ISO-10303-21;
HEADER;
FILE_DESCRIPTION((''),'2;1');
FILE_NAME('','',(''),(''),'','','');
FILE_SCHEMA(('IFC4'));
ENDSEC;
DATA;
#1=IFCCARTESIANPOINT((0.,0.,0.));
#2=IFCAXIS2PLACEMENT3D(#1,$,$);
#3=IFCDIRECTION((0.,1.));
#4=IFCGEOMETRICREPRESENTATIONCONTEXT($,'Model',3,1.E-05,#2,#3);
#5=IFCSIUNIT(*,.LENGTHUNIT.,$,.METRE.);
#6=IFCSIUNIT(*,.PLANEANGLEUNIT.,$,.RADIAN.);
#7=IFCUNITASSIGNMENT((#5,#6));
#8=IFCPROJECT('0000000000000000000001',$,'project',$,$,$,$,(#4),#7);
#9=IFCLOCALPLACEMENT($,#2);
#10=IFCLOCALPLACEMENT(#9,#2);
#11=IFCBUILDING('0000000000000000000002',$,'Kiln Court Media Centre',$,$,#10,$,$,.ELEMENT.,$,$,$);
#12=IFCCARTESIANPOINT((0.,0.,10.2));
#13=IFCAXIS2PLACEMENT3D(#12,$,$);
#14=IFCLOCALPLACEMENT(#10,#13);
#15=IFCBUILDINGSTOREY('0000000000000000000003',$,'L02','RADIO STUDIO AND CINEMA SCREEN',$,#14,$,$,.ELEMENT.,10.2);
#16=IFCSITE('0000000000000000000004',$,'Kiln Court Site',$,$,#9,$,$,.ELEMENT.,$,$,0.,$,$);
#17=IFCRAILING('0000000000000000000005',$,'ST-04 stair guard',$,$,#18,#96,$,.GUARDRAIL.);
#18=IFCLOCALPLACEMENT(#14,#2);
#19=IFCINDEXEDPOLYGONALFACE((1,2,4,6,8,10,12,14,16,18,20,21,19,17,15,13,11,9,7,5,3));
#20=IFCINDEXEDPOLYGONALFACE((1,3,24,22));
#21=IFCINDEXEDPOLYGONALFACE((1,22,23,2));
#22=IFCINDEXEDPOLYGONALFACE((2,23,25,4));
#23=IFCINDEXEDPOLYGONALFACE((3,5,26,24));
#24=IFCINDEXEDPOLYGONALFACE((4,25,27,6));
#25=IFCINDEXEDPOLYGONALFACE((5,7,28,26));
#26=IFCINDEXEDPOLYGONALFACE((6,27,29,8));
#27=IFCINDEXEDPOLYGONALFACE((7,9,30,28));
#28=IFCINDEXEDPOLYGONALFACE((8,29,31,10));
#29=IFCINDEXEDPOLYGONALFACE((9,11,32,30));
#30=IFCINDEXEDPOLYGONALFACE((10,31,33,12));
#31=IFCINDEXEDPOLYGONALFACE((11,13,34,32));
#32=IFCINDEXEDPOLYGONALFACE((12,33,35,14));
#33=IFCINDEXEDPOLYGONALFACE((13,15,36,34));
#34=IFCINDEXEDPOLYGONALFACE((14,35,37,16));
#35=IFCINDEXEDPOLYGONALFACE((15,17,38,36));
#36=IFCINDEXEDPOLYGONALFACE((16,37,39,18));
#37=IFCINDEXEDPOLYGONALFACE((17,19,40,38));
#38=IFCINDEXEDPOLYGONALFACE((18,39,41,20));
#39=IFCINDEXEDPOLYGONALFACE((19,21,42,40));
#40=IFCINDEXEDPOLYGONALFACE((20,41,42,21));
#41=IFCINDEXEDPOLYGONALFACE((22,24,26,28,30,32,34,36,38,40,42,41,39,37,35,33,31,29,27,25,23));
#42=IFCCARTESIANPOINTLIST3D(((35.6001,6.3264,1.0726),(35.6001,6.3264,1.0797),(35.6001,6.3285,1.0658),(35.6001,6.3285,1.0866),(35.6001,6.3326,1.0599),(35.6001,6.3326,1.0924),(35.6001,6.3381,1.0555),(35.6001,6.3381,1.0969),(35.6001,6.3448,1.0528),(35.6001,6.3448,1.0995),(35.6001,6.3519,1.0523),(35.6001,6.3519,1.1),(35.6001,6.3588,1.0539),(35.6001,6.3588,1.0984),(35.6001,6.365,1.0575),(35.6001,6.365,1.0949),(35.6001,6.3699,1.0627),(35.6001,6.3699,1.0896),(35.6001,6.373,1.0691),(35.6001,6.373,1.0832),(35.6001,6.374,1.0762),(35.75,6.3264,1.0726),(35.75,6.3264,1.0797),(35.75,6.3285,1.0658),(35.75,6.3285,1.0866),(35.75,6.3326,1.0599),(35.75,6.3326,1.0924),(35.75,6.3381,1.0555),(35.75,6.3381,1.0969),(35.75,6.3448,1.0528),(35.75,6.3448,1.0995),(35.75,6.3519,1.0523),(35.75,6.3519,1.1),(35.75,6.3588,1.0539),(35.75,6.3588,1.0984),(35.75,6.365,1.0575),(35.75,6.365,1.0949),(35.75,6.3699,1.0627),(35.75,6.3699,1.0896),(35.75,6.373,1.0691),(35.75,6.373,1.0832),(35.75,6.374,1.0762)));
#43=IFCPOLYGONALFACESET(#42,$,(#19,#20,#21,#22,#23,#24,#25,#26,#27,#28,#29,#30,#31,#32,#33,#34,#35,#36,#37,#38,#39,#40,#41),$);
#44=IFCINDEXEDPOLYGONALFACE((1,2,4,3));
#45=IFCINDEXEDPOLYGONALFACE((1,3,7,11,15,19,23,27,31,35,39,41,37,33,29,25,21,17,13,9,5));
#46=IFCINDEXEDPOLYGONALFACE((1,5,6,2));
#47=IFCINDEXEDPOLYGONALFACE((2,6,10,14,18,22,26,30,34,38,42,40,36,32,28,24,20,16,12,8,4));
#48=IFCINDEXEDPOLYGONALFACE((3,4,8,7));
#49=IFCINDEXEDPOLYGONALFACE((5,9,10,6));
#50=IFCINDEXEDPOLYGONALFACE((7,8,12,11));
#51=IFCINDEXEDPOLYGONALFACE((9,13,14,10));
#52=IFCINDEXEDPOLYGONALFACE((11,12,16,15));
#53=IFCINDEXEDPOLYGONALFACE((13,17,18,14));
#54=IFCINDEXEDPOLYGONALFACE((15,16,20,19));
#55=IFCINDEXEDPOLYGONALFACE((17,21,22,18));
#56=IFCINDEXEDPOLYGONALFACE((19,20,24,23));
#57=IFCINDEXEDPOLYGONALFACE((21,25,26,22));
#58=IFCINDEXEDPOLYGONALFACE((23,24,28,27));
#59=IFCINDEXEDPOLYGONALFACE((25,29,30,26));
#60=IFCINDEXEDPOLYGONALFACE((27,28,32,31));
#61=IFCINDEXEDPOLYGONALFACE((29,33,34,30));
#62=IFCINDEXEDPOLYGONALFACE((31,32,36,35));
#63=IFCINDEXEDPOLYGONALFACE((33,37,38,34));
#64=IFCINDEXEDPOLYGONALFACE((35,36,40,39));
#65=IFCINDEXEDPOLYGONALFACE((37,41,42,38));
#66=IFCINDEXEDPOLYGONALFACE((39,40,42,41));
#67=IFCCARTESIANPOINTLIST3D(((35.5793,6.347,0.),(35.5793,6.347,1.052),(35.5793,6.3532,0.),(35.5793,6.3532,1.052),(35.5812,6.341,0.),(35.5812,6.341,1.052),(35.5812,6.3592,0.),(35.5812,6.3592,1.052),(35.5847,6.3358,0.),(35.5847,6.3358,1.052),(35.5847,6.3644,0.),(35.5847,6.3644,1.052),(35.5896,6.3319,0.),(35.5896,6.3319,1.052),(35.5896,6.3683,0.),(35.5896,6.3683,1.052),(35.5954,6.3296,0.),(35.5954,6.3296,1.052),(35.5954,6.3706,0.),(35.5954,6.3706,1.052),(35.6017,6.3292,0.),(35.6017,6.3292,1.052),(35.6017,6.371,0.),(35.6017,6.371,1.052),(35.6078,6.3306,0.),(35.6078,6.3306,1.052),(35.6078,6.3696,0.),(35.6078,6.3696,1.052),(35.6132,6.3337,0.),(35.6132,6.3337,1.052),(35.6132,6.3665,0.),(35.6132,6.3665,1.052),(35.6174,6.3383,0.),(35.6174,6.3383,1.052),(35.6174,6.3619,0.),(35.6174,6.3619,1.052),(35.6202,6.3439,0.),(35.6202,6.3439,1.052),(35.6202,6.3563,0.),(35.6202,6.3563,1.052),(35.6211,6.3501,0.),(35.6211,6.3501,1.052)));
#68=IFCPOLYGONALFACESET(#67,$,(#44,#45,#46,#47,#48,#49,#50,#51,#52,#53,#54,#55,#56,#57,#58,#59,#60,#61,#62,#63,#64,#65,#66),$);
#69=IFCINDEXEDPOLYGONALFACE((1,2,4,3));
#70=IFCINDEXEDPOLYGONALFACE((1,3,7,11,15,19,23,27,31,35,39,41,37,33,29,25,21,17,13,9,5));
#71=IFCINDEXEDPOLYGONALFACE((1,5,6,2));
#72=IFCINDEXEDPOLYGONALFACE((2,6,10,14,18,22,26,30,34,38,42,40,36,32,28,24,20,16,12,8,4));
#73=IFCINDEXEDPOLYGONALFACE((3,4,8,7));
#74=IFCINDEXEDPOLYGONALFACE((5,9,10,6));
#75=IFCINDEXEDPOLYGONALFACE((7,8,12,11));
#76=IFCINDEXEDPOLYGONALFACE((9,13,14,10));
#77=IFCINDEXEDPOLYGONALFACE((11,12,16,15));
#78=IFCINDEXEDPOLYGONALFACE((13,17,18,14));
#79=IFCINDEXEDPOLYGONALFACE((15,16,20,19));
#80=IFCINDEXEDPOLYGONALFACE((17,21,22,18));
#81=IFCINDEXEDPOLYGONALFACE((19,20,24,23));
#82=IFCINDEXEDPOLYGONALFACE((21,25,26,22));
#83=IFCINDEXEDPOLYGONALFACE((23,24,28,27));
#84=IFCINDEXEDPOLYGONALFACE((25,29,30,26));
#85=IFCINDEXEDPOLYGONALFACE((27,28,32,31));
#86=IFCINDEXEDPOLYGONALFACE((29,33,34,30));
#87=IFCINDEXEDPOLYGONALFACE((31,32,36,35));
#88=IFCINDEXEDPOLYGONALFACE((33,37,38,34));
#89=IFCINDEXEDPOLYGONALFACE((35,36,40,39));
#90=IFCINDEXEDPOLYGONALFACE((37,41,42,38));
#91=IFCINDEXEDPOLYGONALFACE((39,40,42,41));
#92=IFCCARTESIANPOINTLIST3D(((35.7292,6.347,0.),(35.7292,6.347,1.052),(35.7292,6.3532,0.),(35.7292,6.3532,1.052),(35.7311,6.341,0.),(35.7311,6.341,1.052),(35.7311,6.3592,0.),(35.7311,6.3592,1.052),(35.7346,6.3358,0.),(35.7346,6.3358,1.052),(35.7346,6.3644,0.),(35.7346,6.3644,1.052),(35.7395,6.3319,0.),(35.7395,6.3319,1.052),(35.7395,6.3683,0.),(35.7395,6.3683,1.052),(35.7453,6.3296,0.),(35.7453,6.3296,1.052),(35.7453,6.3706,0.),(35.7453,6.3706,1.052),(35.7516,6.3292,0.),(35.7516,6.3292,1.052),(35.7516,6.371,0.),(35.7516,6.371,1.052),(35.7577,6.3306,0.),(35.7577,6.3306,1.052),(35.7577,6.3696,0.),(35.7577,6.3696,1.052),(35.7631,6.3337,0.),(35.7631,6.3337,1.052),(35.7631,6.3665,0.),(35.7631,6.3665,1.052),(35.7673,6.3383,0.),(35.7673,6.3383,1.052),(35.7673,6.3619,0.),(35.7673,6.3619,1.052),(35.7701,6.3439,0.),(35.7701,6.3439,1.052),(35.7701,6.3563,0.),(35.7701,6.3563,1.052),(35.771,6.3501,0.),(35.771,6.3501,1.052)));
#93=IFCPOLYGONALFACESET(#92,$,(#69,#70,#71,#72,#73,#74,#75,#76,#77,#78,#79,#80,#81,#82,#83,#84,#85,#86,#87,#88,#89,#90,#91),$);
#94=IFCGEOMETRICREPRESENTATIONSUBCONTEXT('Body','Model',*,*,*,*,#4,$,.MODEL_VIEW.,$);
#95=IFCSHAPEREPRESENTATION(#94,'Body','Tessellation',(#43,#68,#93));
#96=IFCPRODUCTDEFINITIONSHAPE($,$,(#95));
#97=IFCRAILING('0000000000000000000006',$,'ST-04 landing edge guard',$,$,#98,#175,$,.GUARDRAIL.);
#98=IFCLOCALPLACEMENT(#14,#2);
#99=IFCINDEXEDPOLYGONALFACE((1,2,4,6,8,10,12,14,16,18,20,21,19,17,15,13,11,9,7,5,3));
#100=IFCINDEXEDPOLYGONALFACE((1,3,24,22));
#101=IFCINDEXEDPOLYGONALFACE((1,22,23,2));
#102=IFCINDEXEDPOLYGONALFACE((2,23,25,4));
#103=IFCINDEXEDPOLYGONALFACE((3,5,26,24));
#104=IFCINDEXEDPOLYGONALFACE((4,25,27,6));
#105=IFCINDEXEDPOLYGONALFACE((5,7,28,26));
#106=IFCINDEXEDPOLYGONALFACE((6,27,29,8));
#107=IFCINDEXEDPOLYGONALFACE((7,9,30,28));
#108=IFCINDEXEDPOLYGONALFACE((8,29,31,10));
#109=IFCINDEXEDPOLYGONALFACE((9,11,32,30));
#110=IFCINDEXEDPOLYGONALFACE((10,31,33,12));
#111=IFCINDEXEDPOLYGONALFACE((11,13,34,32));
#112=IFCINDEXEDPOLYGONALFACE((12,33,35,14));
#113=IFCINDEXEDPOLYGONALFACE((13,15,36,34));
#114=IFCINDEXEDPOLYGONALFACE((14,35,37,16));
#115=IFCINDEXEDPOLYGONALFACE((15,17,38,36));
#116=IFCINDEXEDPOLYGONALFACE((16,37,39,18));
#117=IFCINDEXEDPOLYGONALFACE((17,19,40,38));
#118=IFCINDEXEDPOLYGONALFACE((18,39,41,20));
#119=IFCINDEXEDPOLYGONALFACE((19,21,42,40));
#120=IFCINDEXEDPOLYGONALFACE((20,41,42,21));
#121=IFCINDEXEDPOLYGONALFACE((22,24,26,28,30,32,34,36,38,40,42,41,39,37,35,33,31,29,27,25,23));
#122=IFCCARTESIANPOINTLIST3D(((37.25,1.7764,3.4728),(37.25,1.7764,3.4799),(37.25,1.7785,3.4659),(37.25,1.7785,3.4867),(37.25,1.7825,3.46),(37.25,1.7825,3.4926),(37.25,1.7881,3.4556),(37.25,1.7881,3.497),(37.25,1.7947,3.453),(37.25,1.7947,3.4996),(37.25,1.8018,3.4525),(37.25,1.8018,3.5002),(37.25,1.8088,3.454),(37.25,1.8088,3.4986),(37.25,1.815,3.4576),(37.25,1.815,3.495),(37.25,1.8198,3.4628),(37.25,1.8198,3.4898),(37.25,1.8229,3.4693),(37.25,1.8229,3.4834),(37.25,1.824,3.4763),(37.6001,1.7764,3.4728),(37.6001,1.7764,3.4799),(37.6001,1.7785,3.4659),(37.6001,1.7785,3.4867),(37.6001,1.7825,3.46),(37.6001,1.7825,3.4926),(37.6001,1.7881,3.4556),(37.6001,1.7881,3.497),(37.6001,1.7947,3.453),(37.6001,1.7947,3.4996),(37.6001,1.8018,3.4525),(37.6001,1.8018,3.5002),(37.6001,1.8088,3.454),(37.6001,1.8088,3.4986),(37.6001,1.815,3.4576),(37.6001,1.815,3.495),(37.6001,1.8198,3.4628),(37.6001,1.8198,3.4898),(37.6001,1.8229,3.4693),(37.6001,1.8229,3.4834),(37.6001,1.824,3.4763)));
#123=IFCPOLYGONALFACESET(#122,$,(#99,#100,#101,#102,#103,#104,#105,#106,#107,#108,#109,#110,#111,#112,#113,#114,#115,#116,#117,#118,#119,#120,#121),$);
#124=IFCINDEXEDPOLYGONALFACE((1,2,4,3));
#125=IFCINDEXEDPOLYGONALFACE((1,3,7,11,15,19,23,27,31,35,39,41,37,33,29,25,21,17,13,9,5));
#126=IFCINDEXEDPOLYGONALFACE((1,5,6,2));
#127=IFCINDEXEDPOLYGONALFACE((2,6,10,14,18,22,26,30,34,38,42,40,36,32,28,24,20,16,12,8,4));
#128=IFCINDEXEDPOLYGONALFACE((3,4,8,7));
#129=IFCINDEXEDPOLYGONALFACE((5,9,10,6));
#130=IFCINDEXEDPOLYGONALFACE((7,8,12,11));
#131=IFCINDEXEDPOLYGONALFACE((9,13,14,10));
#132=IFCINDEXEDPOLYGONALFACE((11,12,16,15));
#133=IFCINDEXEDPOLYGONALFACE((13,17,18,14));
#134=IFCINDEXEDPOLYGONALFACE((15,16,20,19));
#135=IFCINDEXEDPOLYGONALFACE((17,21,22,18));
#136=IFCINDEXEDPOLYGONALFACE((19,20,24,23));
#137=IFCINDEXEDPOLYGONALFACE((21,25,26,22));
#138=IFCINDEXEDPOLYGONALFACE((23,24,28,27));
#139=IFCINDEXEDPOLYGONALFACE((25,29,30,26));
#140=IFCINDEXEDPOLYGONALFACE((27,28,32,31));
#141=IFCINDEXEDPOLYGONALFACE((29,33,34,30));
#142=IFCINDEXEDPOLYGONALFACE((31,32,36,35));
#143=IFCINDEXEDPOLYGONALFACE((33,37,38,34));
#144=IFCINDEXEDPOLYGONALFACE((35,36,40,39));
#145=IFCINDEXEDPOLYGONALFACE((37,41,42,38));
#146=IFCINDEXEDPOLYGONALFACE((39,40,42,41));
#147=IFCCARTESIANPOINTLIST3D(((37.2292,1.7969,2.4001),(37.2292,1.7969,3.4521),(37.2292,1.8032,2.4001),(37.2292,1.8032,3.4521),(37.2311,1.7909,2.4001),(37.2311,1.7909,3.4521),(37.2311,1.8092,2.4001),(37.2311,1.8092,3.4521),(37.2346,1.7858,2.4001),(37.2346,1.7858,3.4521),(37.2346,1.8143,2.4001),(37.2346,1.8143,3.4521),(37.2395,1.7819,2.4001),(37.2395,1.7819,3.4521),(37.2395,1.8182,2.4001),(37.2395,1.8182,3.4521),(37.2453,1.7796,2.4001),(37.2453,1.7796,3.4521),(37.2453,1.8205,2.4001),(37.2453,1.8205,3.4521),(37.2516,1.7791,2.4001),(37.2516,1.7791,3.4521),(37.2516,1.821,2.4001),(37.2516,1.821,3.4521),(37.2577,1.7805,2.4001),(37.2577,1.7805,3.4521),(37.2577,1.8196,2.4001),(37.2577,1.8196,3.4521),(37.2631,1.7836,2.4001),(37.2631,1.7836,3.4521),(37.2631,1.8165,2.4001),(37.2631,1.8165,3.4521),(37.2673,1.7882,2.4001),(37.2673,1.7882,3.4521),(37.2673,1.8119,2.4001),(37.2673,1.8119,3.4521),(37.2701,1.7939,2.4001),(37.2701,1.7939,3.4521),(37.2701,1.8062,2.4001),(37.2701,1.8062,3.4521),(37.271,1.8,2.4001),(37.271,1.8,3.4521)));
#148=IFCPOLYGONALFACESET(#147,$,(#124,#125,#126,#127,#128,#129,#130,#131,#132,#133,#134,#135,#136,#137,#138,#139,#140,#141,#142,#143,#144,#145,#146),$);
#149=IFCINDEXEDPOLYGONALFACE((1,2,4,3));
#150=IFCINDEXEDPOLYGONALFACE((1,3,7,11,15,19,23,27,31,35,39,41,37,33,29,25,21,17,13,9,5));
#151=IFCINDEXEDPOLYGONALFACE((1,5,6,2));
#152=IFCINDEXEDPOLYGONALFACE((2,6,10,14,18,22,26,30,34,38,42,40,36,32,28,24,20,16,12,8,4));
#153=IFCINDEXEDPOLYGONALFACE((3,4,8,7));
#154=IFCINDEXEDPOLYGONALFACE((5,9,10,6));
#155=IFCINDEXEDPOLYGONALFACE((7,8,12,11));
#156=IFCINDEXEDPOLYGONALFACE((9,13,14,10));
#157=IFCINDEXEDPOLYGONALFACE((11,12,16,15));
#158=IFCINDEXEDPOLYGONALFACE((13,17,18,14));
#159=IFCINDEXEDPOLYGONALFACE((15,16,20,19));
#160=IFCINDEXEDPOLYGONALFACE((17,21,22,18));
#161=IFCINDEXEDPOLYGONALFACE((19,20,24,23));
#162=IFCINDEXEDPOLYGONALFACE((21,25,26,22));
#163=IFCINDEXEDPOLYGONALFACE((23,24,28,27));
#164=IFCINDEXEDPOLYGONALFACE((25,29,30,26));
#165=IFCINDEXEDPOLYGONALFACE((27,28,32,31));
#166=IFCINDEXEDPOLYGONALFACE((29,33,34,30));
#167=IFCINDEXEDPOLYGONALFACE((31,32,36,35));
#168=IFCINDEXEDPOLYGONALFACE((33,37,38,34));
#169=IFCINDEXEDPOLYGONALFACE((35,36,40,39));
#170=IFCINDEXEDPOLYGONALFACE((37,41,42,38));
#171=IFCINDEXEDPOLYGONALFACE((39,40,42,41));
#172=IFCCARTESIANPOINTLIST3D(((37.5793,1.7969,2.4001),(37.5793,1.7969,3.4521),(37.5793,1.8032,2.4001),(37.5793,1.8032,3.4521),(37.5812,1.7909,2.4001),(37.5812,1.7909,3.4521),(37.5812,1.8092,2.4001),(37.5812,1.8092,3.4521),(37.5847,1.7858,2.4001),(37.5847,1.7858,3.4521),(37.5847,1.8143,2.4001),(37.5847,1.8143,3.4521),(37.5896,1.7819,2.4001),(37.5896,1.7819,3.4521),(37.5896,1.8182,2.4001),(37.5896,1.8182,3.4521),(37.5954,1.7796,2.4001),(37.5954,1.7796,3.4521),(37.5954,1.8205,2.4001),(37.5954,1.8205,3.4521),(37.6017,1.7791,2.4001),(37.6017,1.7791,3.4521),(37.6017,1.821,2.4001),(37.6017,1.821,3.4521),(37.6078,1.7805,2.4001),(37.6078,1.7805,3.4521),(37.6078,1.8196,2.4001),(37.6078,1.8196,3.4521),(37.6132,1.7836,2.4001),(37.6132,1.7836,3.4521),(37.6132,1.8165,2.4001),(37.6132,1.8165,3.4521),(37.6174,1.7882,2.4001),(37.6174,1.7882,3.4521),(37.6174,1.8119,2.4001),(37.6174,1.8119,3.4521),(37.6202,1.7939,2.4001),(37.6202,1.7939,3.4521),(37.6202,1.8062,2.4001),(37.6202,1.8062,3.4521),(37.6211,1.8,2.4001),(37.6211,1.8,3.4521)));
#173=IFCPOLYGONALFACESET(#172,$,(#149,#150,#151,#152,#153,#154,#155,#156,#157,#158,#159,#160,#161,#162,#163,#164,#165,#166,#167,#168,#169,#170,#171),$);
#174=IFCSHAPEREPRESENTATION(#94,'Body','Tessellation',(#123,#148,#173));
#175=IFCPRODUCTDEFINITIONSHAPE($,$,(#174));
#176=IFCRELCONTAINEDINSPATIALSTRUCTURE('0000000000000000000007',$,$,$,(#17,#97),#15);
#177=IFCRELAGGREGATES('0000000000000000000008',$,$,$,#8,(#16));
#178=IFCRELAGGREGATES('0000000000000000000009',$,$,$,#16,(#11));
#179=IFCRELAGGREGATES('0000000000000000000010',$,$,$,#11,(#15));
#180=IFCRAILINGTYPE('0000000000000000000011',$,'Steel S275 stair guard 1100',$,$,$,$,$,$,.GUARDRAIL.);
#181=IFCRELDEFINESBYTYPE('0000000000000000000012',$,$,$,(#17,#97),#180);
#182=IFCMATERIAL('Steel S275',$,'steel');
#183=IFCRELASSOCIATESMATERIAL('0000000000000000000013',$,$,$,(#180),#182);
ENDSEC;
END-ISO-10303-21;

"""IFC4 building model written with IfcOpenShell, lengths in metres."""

from ifc_helpers import new_model, si_unit, direction, frame, origin, origin_2d, place, context, subcontext, project, spatial, circle, extrude, material, type_object, element, save


model = new_model("IFC4")

# Units and contexts
model_context = context("Model", 3, precision=1e-05, world=origin(), true_north=direction((0.0, 1.0)))
body_context = subcontext(model_context, "Body", "Model", "MODEL_VIEW")
ifc_project = project(units=[si_unit("LENGTHUNIT", "METRE"), si_unit("PLANEANGLEUNIT", "RADIAN")], contexts=[model_context])

# Site, building, storey
site_placement = place(None, origin())
site = spatial("IfcSite", under=ifc_project, at=site_placement, Name="Kiln Court Site", CompositionType="ELEMENT", RefElevation=0.0)
building_placement = place(site_placement, origin())
building = spatial("IfcBuilding", under=site, at=building_placement, Name="Kiln Court Media Centre", CompositionType="ELEMENT")
storey_placement = place(building_placement, frame((0.0, 0.0, 10.2)))
storey = spatial("IfcBuildingStorey", under=building, at=storey_placement, Name="L02", Description="RADIO STUDIO AND CINEMA SCREEN", CompositionType="ELEMENT", Elevation=10.2)

# Railings
ifc_material_1 = material(Name="Steel S275", Category="steel")
railing_type_1 = type_object("IfcRailingType", Name="Steel S275 stair guard 1100", PredefinedType="GUARDRAIL", material=ifc_material_1)
railing_1_placement = place(storey_placement, frame((35.6001, 6.3501, 0.0)))
element("IfcRailing", 1, at=railing_1_placement, inside=storey, type_object=railing_type_1, Name="ST-04 stair guard", PredefinedType="GUARDRAIL", context=body_context, shape_type="SweptSolid", body=[
    extrude(circle(Radius=0.0239, at=origin_2d()), frame((0.0, 0.0, 1.0762), z_axis=(1.0, 0.0, 0.0), x_axis=(0.0, 1.0, 0.0)), (0.0, 0.0, 1.0), 0.1499),
    extrude(circle(Radius=0.021, at=origin_2d()), origin(), (0.0, 0.0, 1.0), 1.052),
    extrude(circle(Radius=0.021, at=origin_2d()), frame((0.1499, 0.0, 0.0)), (0.0, 0.0, 1.0), 1.052),
])
for number, where, name in (
    (2, (37.25, 1.8, 2.4001), "ST-04 landing edge guard"),
):
    element("IfcRailing", number, at=place(storey_placement, frame(where)), inside=storey, type_object=railing_type_1, Name=name, PredefinedType="GUARDRAIL", context=body_context, shape_type="SweptSolid", body=[
        extrude(circle(Radius=0.0239, at=origin_2d()), frame((0.0, 0.0, 1.0762), z_axis=(1.0, 0.0, 0.0), x_axis=(0.0, 1.0, 0.0)), (0.0, 0.0, 1.0), 0.3501),
        extrude(circle(Radius=0.021, at=origin_2d()), origin(), (0.0, 0.0, 1.0), 1.052),
        extrude(circle(Radius=0.021, at=origin_2d()), frame((0.3501, 0.0, 0.0)), (0.0, 0.0, 1.0), 1.052),
    ])

save(model, "model.ifc")
